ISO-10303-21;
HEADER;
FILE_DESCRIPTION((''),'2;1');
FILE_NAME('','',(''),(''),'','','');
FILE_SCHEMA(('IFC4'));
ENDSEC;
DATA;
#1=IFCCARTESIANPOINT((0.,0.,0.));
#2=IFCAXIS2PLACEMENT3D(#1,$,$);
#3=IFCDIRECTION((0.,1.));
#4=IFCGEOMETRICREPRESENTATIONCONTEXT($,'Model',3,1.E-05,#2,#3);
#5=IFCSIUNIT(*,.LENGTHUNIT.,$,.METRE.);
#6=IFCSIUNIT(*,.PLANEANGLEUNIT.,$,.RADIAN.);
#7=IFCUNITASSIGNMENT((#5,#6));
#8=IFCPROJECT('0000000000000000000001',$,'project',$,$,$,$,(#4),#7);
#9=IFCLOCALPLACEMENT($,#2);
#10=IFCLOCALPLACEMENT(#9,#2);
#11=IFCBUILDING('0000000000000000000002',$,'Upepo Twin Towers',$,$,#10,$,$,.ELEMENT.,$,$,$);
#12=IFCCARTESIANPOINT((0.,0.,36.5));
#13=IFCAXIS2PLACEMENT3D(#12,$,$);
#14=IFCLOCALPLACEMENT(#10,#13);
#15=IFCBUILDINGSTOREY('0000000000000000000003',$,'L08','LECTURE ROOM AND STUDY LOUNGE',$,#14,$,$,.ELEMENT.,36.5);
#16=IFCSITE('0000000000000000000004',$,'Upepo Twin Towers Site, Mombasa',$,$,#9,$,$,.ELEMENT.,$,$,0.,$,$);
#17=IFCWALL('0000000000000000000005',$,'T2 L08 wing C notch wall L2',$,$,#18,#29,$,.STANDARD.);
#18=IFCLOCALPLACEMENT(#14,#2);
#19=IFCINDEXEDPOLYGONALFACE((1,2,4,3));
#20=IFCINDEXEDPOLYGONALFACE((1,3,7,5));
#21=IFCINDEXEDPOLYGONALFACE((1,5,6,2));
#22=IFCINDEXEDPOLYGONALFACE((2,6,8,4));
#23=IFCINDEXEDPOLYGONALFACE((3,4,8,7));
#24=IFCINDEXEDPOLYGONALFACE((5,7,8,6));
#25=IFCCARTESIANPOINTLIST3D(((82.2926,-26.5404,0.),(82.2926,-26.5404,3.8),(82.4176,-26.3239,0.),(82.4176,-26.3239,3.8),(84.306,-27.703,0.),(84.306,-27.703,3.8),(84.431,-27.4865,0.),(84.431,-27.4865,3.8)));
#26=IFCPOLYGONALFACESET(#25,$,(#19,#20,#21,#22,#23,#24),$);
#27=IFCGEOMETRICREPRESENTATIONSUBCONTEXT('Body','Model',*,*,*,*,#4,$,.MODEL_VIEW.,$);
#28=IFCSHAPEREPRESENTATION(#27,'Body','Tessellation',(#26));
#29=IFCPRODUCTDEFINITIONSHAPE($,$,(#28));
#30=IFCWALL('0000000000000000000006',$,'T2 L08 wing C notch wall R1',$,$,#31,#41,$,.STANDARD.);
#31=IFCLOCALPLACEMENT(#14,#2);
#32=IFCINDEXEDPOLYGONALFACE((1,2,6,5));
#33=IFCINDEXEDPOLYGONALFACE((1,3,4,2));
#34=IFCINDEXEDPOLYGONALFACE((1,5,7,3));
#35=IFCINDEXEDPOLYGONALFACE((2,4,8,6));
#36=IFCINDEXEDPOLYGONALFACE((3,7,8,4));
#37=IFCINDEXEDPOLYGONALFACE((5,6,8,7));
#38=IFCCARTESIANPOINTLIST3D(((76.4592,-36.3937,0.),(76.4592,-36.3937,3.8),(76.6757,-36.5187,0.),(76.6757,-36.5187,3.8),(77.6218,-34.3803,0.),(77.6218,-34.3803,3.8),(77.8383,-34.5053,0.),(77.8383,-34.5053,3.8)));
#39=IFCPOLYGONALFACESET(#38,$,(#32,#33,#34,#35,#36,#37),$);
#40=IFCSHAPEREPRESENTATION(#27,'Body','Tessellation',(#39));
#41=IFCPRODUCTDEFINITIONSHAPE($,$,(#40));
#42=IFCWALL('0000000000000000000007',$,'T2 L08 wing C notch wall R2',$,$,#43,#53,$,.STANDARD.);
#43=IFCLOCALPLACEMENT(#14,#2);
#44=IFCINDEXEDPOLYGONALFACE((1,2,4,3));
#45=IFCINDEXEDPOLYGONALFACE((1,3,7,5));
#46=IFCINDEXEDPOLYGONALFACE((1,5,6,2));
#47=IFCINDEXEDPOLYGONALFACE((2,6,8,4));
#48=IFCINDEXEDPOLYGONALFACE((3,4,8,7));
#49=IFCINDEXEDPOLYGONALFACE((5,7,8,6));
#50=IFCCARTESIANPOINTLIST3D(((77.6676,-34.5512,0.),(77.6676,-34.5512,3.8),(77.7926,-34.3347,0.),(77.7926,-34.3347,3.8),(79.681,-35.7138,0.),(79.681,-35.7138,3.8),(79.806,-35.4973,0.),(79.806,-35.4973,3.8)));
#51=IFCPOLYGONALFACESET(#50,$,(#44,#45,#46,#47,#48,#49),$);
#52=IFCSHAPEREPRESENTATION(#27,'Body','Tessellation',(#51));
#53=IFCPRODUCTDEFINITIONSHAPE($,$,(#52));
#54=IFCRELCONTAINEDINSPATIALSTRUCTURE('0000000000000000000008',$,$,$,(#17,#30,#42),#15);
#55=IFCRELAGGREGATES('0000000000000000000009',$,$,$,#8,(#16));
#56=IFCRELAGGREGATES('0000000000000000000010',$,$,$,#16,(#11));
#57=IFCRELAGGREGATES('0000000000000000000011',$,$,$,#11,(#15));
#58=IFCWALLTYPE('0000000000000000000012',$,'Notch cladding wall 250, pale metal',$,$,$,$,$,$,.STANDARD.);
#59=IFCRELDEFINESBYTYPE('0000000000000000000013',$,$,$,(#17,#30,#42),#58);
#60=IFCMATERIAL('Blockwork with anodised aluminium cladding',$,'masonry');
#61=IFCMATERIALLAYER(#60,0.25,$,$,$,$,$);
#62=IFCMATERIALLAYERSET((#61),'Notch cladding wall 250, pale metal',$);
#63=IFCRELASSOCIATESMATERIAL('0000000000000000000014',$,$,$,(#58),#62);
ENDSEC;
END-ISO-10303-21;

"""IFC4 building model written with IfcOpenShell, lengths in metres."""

from ifc_helpers import new_model, si_unit, direction, frame, frame_2d, origin, place, context, subcontext, project, spatial, rectangle, extrude, material, layer, layer_set, type_object, element, save


model = new_model("IFC4")

# Units and contexts
model_context = context("Model", 3, precision=1e-05, world=origin(), true_north=direction((0.0, 1.0)))
body_context = subcontext(model_context, "Body", "Model", "MODEL_VIEW")
ifc_project = project(units=[si_unit("LENGTHUNIT", "METRE"), si_unit("PLANEANGLEUNIT", "RADIAN")], contexts=[model_context])

# Site, building, storey
site_placement = place(None, origin())
site = spatial("IfcSite", under=ifc_project, at=site_placement, Name="Upepo Twin Towers Site, Mombasa", CompositionType="ELEMENT", RefElevation=0.0)
building_placement = place(site_placement, origin())
building = spatial("IfcBuilding", under=site, at=building_placement, Name="Upepo Twin Towers", CompositionType="ELEMENT")
storey_placement = place(building_placement, frame((0.0, 0.0, 36.5)))
storey = spatial("IfcBuildingStorey", under=building, at=storey_placement, Name="L08", Description="LECTURE ROOM AND STUDY LOUNGE", CompositionType="ELEMENT", Elevation=36.5)

# Walls
ifc_material_1 = material(Name="Blockwork with anodised aluminium cladding", Category="masonry")
ifc_layer_1 = layer(ifc_material_1, 0.25)
ifc_layer_set_1 = layer_set([ifc_layer_1], Name="Notch cladding wall 250, pale metal")
wall_type_1 = type_object("IfcWallType", Name="Notch cladding wall 250, pale metal", PredefinedType="STANDARD", material=ifc_layer_set_1)
for number, where, z_axis, x_axis, name in (
    (1, (82.355, -26.4321, 0.0), (0.0, 0.0, 1.0), (0.865998, -0.500047, 0.0), "T2 L08 wing C notch wall L2"),
    (2, (76.5674, -36.4563, 0.0), (0.0, 0.0, 1.0), (0.500047, 0.865998, 0.0), "T2 L08 wing C notch wall R1"),
    (3, (77.73, -34.4429, 0.0), (0.0, 0.0, 1.0), (0.865998, -0.500047, 0.0), "T2 L08 wing C notch wall R2"),
):
    element("IfcWall", number, at=place(storey_placement, frame(where, z_axis=z_axis, x_axis=x_axis)), inside=storey, type_object=wall_type_1, Name=name, PredefinedType="STANDARD", context=body_context, shape_type="SweptSolid", body=[
        extrude(rectangle(XDim=2.325, YDim=0.25, at=frame_2d((1.1626, 0.0))), origin(), (0.0, 0.0, 1.0), 3.8),
    ])

save(model, "model.ifc")
